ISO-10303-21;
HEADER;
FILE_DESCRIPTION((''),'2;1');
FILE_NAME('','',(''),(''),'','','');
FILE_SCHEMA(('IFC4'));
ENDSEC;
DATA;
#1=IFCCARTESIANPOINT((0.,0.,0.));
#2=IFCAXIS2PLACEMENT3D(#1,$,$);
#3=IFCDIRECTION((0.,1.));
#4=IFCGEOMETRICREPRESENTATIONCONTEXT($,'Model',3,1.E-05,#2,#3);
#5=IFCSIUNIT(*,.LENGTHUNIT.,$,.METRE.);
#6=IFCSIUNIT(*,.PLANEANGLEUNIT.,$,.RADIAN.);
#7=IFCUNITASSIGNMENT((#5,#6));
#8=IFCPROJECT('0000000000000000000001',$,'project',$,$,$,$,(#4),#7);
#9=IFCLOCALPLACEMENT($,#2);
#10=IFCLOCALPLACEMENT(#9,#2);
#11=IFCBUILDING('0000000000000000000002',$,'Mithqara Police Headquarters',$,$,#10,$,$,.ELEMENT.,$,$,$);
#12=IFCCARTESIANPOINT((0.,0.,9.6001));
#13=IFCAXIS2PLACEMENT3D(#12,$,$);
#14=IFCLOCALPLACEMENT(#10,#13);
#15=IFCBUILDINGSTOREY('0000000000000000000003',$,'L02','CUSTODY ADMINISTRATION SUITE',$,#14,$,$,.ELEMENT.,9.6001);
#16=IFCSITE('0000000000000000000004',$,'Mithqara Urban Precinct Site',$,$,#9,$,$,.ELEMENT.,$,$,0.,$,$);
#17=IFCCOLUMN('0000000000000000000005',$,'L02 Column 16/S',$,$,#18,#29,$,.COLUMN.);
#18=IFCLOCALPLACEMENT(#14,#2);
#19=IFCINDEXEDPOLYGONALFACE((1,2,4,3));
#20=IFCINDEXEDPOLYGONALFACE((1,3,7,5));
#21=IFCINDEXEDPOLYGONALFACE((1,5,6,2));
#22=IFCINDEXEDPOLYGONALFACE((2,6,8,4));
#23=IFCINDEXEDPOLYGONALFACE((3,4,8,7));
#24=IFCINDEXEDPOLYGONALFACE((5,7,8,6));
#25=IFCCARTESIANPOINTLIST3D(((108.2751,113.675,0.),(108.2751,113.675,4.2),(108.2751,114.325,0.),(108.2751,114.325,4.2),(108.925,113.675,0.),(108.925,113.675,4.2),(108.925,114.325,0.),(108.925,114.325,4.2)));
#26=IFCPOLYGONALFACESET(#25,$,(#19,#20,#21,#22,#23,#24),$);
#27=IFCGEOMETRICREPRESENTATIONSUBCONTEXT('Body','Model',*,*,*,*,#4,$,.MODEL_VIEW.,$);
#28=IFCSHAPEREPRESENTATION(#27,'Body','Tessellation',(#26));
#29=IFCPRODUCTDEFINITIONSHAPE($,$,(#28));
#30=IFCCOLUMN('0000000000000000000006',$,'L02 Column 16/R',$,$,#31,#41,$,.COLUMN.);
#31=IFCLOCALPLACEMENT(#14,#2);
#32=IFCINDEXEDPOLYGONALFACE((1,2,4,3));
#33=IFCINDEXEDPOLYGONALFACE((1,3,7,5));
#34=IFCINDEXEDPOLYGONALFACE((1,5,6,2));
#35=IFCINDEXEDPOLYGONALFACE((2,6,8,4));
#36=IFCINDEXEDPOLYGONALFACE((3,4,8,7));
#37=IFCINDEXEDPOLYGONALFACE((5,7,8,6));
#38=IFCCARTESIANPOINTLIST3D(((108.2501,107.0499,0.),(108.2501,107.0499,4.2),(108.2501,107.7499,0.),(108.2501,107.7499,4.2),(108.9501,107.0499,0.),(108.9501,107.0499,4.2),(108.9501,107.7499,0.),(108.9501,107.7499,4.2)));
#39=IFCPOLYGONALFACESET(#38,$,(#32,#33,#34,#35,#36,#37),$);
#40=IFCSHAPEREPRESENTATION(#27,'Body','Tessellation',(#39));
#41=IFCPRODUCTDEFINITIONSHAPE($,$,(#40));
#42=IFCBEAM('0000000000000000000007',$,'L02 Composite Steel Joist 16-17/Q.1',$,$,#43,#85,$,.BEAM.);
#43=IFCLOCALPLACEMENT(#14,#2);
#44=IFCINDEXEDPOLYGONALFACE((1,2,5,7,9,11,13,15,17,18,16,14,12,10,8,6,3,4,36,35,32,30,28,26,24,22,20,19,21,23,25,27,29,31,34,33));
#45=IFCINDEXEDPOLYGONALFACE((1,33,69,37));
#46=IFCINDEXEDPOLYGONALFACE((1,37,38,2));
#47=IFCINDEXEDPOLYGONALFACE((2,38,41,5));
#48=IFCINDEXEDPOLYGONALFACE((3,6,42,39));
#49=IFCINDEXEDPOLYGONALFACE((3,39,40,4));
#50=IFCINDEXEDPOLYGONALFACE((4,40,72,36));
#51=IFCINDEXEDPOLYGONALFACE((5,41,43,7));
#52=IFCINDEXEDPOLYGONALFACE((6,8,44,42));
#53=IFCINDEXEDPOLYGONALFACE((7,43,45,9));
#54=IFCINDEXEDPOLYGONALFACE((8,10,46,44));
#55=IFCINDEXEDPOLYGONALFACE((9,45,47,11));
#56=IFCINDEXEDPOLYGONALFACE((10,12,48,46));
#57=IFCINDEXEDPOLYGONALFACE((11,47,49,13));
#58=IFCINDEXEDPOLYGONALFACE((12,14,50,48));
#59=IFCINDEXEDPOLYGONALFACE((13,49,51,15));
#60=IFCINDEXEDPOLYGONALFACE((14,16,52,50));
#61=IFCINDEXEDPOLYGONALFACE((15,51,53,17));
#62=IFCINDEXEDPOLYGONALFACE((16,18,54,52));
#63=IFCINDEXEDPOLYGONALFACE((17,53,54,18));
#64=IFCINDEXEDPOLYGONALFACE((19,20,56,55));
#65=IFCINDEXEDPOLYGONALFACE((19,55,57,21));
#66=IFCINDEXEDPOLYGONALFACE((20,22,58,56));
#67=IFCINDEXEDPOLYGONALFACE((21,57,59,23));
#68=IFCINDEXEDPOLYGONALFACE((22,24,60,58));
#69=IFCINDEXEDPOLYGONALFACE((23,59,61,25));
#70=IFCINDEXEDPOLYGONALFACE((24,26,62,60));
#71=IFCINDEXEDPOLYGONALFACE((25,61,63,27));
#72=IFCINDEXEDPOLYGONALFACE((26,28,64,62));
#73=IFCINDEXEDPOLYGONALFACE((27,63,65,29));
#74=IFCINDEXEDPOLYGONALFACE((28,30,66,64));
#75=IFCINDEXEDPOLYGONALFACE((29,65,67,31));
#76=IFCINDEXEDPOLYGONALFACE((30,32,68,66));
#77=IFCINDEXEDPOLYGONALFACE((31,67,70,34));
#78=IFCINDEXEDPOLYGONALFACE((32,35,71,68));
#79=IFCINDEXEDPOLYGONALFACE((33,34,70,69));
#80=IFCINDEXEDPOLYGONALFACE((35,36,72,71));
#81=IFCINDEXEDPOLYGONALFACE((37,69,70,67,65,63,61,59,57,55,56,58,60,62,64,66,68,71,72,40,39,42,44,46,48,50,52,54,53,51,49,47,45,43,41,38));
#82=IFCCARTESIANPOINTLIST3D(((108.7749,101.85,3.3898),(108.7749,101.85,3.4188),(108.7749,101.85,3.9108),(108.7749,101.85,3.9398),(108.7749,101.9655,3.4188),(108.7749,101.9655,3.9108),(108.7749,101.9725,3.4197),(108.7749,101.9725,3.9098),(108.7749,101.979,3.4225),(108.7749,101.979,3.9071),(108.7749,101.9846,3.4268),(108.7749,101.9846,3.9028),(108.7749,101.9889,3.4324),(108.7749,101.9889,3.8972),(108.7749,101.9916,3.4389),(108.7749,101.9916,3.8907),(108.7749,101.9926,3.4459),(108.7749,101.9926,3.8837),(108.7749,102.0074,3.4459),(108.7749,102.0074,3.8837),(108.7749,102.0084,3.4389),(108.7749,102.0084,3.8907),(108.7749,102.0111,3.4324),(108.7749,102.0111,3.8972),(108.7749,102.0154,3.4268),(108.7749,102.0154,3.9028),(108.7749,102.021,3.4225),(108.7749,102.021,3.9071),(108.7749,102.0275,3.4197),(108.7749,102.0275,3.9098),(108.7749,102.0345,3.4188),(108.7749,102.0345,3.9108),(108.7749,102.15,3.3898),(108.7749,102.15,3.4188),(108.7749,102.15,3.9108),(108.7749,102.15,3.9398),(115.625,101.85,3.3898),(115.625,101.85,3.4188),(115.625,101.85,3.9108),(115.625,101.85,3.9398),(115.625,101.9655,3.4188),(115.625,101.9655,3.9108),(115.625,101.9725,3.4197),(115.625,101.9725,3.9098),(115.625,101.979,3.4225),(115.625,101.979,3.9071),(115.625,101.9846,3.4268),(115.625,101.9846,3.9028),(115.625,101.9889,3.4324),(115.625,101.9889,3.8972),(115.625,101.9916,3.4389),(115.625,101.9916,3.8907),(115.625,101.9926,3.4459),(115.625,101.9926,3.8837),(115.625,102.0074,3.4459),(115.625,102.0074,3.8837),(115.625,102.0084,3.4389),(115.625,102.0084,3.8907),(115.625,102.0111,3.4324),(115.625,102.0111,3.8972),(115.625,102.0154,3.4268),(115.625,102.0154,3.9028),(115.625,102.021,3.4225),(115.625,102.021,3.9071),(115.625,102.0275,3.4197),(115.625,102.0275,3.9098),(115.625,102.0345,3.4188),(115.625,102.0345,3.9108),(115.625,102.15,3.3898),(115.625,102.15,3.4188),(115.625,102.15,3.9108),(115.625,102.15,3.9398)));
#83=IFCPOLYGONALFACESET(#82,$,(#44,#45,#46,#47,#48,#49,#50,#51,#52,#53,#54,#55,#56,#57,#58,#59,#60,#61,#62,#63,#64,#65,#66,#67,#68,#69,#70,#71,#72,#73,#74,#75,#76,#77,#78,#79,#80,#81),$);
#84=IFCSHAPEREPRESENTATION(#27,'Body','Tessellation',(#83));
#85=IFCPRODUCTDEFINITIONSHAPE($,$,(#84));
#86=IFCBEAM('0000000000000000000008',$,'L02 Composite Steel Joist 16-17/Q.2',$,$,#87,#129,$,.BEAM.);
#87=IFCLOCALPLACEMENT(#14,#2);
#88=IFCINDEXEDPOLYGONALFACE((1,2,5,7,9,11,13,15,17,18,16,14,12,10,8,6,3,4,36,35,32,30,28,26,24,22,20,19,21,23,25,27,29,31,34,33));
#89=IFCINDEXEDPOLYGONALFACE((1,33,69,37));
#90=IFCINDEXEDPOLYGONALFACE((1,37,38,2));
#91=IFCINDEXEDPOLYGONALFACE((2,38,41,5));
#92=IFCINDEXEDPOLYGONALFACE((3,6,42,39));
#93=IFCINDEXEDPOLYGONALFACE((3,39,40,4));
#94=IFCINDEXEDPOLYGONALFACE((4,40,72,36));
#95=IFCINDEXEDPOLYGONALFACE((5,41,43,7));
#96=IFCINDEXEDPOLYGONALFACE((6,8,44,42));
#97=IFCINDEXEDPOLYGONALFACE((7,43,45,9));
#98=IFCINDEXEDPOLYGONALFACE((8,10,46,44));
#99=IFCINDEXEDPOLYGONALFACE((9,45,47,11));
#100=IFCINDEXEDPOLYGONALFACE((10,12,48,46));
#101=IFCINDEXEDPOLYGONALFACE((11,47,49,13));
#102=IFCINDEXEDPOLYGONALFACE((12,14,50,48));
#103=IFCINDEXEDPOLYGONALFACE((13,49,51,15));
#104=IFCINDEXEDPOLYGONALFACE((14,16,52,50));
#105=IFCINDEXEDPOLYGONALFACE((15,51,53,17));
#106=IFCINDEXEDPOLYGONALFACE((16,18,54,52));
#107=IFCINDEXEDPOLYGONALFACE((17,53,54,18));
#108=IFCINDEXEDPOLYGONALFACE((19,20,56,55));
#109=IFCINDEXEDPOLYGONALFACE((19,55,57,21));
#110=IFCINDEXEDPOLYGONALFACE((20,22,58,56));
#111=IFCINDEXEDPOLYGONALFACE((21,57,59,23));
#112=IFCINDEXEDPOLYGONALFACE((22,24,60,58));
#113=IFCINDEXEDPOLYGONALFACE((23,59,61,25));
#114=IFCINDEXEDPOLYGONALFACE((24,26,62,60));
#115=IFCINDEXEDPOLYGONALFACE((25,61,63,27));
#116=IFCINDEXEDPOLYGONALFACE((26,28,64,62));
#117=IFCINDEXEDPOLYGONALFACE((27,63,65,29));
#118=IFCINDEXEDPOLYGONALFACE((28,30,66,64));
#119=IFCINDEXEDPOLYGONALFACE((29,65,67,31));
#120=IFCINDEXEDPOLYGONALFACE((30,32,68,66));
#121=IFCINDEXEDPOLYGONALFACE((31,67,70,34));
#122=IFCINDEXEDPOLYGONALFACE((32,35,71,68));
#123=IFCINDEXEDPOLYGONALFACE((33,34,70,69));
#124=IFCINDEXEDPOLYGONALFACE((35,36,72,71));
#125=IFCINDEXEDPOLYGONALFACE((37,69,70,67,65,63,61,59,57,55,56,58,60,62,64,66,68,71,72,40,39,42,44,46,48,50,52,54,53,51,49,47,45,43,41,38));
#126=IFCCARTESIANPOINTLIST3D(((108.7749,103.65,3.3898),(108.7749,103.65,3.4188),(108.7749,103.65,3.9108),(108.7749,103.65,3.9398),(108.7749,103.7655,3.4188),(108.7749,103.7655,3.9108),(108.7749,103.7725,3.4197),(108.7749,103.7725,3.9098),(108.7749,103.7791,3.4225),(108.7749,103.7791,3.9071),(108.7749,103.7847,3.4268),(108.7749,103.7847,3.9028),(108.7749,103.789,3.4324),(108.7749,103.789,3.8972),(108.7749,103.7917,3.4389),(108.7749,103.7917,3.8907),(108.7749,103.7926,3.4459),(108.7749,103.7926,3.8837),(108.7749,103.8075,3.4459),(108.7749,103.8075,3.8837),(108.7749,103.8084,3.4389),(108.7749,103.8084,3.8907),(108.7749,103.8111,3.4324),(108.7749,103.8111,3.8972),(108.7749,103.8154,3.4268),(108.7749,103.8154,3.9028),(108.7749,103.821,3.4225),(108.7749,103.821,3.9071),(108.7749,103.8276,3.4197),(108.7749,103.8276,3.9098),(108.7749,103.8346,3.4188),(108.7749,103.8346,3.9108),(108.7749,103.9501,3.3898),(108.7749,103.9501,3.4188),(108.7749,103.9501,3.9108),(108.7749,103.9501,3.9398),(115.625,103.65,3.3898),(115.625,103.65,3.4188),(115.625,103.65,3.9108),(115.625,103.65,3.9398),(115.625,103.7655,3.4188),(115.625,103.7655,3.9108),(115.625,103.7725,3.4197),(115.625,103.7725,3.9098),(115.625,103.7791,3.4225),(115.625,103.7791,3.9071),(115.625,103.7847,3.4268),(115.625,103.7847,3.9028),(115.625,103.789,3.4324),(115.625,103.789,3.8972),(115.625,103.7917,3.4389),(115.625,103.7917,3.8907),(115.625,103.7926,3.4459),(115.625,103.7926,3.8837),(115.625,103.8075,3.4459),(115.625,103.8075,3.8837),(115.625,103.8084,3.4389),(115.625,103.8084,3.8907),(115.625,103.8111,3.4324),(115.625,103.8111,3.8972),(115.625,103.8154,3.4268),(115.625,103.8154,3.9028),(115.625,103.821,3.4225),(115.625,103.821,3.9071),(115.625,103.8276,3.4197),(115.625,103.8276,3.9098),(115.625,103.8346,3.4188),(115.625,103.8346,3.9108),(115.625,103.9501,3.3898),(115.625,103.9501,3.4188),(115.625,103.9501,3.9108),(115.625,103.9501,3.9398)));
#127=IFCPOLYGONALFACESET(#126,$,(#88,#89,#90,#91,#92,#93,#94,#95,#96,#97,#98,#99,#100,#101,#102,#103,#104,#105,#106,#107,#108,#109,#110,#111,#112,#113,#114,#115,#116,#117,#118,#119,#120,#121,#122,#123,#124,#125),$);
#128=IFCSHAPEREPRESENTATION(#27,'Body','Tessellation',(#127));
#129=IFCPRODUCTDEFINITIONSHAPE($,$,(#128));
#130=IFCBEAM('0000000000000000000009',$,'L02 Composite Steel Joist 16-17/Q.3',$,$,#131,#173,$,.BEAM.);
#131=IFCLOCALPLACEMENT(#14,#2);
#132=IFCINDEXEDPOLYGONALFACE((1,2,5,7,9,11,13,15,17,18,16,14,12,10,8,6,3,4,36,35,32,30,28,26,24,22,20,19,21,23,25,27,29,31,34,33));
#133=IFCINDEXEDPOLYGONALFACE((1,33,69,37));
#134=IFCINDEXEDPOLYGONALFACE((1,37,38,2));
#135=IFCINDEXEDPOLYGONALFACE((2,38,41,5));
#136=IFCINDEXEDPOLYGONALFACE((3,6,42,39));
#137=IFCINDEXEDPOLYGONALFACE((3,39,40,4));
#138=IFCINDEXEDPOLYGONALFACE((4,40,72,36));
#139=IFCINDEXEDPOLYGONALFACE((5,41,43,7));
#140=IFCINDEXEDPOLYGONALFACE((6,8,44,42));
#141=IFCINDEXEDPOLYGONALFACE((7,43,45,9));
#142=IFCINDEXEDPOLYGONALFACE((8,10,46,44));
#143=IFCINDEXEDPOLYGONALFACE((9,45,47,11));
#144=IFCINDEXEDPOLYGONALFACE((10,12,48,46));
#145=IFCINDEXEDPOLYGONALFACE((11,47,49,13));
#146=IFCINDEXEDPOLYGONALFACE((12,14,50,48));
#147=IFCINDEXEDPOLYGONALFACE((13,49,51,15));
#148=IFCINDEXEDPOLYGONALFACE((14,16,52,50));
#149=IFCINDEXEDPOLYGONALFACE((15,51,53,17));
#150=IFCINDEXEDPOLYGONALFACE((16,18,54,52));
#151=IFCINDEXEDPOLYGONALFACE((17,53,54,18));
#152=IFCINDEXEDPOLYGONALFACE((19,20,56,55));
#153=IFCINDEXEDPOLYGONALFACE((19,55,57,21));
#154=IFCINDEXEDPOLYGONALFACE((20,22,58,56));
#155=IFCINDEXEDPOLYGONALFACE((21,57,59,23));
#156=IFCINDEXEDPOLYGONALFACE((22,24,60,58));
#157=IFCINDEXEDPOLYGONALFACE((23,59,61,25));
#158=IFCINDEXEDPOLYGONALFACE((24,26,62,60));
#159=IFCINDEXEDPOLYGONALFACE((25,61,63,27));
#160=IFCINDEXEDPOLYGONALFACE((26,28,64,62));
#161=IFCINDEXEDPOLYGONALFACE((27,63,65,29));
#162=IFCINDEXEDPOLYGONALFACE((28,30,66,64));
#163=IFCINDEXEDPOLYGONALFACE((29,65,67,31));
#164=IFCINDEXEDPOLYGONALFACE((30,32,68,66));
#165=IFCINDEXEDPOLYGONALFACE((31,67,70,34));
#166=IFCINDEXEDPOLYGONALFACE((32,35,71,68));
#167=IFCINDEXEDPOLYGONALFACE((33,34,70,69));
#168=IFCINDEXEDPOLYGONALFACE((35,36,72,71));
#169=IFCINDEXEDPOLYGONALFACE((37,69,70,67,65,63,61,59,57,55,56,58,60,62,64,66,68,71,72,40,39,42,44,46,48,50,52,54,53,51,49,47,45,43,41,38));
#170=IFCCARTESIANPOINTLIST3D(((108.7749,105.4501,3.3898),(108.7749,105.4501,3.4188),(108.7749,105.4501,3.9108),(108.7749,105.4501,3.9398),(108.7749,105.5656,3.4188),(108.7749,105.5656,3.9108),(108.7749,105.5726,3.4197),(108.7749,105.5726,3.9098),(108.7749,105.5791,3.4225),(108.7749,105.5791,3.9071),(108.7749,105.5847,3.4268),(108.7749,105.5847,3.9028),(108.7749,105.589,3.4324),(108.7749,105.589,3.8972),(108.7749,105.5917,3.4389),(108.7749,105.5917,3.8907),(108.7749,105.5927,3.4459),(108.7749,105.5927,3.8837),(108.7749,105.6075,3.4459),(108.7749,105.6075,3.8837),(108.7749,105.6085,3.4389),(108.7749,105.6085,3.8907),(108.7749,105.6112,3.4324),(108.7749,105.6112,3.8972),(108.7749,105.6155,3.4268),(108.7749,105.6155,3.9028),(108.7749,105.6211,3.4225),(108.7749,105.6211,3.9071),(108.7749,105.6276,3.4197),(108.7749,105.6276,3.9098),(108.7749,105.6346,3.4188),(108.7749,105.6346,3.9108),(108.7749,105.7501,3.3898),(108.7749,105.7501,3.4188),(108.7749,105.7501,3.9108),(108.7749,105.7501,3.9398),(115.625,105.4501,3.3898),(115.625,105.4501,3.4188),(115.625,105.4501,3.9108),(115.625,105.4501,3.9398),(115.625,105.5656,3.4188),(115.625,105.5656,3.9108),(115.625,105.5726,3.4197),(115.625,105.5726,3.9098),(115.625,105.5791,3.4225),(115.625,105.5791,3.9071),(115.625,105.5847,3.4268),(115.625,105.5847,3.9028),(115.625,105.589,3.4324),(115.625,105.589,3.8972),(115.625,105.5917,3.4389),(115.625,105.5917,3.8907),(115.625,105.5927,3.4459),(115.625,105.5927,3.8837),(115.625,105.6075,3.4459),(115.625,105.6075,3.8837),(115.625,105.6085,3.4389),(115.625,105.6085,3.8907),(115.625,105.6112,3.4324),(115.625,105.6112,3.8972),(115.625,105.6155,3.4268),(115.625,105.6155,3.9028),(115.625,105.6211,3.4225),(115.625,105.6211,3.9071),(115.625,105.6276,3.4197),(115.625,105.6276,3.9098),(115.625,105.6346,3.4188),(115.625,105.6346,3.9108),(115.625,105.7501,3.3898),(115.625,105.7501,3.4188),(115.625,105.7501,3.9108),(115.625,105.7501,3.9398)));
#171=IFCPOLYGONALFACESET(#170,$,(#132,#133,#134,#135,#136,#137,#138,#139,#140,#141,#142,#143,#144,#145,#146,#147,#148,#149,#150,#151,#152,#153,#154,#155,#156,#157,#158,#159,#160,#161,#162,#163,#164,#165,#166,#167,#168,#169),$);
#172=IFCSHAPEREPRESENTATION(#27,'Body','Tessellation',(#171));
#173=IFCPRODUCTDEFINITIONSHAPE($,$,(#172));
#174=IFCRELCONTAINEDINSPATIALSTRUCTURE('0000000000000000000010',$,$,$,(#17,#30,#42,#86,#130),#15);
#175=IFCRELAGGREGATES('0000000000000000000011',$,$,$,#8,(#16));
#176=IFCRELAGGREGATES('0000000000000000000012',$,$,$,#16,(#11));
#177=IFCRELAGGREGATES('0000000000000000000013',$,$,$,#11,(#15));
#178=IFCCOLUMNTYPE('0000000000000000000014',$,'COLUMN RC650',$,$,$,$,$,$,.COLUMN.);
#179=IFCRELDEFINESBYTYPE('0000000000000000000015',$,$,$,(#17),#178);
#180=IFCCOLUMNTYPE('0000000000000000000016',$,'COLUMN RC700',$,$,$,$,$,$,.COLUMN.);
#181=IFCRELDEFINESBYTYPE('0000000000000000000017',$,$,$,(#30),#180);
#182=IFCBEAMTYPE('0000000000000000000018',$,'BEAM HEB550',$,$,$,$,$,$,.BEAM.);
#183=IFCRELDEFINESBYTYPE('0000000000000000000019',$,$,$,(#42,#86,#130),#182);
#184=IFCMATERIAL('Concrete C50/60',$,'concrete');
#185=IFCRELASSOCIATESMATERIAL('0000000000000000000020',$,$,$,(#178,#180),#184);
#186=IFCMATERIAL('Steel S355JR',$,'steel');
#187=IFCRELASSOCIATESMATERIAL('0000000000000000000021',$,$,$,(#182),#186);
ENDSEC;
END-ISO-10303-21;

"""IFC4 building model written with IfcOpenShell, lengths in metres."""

from ifc_helpers import new_model, si_unit, direction, frame, origin, origin_2d, place, context, subcontext, project, spatial, rectangle, i_section, extrude, material, material_profile, profile_set, type_object, element, save


model = new_model("IFC4")

# Units and contexts
model_context = context("Model", 3, precision=1e-05, world=origin(), true_north=direction((0.0, 1.0)))
body_context = subcontext(model_context, "Body", "Model", "MODEL_VIEW")
ifc_project = project(units=[si_unit("LENGTHUNIT", "METRE"), si_unit("PLANEANGLEUNIT", "RADIAN")], contexts=[model_context])

# Site, building, storey
site_placement = place(None, origin())
site = spatial("IfcSite", under=ifc_project, at=site_placement, Name="Mithqara Urban Precinct Site", CompositionType="ELEMENT", RefElevation=0.0)
building_placement = place(site_placement, origin())
building = spatial("IfcBuilding", under=site, at=building_placement, Name="Mithqara Police Headquarters", CompositionType="ELEMENT")
storey_placement = place(building_placement, frame((0.0, 0.0, 9.6001)))
storey = spatial("IfcBuildingStorey", under=building, at=storey_placement, Name="L02", Description="CUSTODY ADMINISTRATION SUITE", CompositionType="ELEMENT", Elevation=9.6001)

# Columns
ifc_material_1 = material(Name="Concrete C50/60", Category="concrete")
ifc_material_profile_1 = material_profile(ifc_material_1, rectangle(XDim=0.6499, YDim=0.6499, at=origin_2d()), Name="RC 650x650")
ifc_profile_set_1 = profile_set([ifc_material_profile_1], Name="Concrete C50/60")
column_type_1 = type_object("IfcColumnType", Name="COLUMN RC650", PredefinedType="COLUMN", material=ifc_profile_set_1)
column_1_placement = place(storey_placement, frame((108.6001, 114.0, 0.0), z_axis=(0.0, 0.0, 1.0), x_axis=(1.0, 0.0, 0.0)))
element("IfcColumn", 1, at=column_1_placement, inside=storey, type_object=column_type_1, Name="L02 Column 16/S", PredefinedType="COLUMN", context=body_context, shape_type="SweptSolid", body=[
    extrude(rectangle(XDim=0.6499, YDim=0.6499, at=origin_2d()), origin(), (0.0, 0.0, 1.0), 4.2),
])
ifc_material_profile_2 = material_profile(ifc_material_1, rectangle(XDim=0.7, YDim=0.7, at=origin_2d()), Name="RC 700x700")
ifc_profile_set_2 = profile_set([ifc_material_profile_2], Name="Concrete C50/60")
column_type_2 = type_object("IfcColumnType", Name="COLUMN RC700", PredefinedType="COLUMN", material=ifc_profile_set_2)
column_2_placement = place(storey_placement, frame((108.6001, 107.3999, 0.0), z_axis=(0.0, 0.0, 1.0), x_axis=(1.0, 0.0, 0.0)))
element("IfcColumn", 2, at=column_2_placement, inside=storey, type_object=column_type_2, Name="L02 Column 16/R", PredefinedType="COLUMN", context=body_context, shape_type="SweptSolid", body=[
    extrude(rectangle(XDim=0.7, YDim=0.7, at=origin_2d()), origin(), (0.0, 0.0, 1.0), 4.2),
])

# Beams
ifc_material_2 = material(Name="Steel S355JR", Category="steel")
ifc_material_profile_3 = material_profile(ifc_material_2, i_section(OverallWidth=0.3, OverallDepth=0.55, WebThickness=0.0149, FlangeThickness=0.0291, FilletRadius=0.0271, at=origin_2d()), Name="HEB 550")
ifc_profile_set_3 = profile_set([ifc_material_profile_3], Name="Steel S355JR")
beam_type_1 = type_object("IfcBeamType", Name="BEAM HEB550", PredefinedType="BEAM", material=ifc_profile_set_3)
for number, where, z_axis, x_axis, name in (
    (3, (108.7749, 102.0, 3.6648), (1.0, 0.0, 0.0), (0.0, 1.0, 0.0), "L02 Composite Steel Joist 16-17/Q.1"),
    (4, (108.7749, 103.8, 3.6648), (1.0, 0.0, 0.0), (0.0, 1.0, 0.0), "L02 Composite Steel Joist 16-17/Q.2"),
    (5, (108.7749, 105.6001, 3.6648), (1.0, 0.0, 0.0), (0.0, 1.0, 0.0), "L02 Composite Steel Joist 16-17/Q.3"),
):
    element("IfcBeam", number, at=place(storey_placement, frame(where, z_axis=z_axis, x_axis=x_axis)), inside=storey, type_object=beam_type_1, Name=name, PredefinedType="BEAM", context=body_context, shape_type="SweptSolid", body=[
        extrude(i_section(OverallWidth=0.3, OverallDepth=0.55, WebThickness=0.0149, FlangeThickness=0.0291, FilletRadius=0.0271, at=origin_2d()), origin(), (0.0, 0.0, 1.0), 6.8501),
    ])

save(model, "model.ifc")
